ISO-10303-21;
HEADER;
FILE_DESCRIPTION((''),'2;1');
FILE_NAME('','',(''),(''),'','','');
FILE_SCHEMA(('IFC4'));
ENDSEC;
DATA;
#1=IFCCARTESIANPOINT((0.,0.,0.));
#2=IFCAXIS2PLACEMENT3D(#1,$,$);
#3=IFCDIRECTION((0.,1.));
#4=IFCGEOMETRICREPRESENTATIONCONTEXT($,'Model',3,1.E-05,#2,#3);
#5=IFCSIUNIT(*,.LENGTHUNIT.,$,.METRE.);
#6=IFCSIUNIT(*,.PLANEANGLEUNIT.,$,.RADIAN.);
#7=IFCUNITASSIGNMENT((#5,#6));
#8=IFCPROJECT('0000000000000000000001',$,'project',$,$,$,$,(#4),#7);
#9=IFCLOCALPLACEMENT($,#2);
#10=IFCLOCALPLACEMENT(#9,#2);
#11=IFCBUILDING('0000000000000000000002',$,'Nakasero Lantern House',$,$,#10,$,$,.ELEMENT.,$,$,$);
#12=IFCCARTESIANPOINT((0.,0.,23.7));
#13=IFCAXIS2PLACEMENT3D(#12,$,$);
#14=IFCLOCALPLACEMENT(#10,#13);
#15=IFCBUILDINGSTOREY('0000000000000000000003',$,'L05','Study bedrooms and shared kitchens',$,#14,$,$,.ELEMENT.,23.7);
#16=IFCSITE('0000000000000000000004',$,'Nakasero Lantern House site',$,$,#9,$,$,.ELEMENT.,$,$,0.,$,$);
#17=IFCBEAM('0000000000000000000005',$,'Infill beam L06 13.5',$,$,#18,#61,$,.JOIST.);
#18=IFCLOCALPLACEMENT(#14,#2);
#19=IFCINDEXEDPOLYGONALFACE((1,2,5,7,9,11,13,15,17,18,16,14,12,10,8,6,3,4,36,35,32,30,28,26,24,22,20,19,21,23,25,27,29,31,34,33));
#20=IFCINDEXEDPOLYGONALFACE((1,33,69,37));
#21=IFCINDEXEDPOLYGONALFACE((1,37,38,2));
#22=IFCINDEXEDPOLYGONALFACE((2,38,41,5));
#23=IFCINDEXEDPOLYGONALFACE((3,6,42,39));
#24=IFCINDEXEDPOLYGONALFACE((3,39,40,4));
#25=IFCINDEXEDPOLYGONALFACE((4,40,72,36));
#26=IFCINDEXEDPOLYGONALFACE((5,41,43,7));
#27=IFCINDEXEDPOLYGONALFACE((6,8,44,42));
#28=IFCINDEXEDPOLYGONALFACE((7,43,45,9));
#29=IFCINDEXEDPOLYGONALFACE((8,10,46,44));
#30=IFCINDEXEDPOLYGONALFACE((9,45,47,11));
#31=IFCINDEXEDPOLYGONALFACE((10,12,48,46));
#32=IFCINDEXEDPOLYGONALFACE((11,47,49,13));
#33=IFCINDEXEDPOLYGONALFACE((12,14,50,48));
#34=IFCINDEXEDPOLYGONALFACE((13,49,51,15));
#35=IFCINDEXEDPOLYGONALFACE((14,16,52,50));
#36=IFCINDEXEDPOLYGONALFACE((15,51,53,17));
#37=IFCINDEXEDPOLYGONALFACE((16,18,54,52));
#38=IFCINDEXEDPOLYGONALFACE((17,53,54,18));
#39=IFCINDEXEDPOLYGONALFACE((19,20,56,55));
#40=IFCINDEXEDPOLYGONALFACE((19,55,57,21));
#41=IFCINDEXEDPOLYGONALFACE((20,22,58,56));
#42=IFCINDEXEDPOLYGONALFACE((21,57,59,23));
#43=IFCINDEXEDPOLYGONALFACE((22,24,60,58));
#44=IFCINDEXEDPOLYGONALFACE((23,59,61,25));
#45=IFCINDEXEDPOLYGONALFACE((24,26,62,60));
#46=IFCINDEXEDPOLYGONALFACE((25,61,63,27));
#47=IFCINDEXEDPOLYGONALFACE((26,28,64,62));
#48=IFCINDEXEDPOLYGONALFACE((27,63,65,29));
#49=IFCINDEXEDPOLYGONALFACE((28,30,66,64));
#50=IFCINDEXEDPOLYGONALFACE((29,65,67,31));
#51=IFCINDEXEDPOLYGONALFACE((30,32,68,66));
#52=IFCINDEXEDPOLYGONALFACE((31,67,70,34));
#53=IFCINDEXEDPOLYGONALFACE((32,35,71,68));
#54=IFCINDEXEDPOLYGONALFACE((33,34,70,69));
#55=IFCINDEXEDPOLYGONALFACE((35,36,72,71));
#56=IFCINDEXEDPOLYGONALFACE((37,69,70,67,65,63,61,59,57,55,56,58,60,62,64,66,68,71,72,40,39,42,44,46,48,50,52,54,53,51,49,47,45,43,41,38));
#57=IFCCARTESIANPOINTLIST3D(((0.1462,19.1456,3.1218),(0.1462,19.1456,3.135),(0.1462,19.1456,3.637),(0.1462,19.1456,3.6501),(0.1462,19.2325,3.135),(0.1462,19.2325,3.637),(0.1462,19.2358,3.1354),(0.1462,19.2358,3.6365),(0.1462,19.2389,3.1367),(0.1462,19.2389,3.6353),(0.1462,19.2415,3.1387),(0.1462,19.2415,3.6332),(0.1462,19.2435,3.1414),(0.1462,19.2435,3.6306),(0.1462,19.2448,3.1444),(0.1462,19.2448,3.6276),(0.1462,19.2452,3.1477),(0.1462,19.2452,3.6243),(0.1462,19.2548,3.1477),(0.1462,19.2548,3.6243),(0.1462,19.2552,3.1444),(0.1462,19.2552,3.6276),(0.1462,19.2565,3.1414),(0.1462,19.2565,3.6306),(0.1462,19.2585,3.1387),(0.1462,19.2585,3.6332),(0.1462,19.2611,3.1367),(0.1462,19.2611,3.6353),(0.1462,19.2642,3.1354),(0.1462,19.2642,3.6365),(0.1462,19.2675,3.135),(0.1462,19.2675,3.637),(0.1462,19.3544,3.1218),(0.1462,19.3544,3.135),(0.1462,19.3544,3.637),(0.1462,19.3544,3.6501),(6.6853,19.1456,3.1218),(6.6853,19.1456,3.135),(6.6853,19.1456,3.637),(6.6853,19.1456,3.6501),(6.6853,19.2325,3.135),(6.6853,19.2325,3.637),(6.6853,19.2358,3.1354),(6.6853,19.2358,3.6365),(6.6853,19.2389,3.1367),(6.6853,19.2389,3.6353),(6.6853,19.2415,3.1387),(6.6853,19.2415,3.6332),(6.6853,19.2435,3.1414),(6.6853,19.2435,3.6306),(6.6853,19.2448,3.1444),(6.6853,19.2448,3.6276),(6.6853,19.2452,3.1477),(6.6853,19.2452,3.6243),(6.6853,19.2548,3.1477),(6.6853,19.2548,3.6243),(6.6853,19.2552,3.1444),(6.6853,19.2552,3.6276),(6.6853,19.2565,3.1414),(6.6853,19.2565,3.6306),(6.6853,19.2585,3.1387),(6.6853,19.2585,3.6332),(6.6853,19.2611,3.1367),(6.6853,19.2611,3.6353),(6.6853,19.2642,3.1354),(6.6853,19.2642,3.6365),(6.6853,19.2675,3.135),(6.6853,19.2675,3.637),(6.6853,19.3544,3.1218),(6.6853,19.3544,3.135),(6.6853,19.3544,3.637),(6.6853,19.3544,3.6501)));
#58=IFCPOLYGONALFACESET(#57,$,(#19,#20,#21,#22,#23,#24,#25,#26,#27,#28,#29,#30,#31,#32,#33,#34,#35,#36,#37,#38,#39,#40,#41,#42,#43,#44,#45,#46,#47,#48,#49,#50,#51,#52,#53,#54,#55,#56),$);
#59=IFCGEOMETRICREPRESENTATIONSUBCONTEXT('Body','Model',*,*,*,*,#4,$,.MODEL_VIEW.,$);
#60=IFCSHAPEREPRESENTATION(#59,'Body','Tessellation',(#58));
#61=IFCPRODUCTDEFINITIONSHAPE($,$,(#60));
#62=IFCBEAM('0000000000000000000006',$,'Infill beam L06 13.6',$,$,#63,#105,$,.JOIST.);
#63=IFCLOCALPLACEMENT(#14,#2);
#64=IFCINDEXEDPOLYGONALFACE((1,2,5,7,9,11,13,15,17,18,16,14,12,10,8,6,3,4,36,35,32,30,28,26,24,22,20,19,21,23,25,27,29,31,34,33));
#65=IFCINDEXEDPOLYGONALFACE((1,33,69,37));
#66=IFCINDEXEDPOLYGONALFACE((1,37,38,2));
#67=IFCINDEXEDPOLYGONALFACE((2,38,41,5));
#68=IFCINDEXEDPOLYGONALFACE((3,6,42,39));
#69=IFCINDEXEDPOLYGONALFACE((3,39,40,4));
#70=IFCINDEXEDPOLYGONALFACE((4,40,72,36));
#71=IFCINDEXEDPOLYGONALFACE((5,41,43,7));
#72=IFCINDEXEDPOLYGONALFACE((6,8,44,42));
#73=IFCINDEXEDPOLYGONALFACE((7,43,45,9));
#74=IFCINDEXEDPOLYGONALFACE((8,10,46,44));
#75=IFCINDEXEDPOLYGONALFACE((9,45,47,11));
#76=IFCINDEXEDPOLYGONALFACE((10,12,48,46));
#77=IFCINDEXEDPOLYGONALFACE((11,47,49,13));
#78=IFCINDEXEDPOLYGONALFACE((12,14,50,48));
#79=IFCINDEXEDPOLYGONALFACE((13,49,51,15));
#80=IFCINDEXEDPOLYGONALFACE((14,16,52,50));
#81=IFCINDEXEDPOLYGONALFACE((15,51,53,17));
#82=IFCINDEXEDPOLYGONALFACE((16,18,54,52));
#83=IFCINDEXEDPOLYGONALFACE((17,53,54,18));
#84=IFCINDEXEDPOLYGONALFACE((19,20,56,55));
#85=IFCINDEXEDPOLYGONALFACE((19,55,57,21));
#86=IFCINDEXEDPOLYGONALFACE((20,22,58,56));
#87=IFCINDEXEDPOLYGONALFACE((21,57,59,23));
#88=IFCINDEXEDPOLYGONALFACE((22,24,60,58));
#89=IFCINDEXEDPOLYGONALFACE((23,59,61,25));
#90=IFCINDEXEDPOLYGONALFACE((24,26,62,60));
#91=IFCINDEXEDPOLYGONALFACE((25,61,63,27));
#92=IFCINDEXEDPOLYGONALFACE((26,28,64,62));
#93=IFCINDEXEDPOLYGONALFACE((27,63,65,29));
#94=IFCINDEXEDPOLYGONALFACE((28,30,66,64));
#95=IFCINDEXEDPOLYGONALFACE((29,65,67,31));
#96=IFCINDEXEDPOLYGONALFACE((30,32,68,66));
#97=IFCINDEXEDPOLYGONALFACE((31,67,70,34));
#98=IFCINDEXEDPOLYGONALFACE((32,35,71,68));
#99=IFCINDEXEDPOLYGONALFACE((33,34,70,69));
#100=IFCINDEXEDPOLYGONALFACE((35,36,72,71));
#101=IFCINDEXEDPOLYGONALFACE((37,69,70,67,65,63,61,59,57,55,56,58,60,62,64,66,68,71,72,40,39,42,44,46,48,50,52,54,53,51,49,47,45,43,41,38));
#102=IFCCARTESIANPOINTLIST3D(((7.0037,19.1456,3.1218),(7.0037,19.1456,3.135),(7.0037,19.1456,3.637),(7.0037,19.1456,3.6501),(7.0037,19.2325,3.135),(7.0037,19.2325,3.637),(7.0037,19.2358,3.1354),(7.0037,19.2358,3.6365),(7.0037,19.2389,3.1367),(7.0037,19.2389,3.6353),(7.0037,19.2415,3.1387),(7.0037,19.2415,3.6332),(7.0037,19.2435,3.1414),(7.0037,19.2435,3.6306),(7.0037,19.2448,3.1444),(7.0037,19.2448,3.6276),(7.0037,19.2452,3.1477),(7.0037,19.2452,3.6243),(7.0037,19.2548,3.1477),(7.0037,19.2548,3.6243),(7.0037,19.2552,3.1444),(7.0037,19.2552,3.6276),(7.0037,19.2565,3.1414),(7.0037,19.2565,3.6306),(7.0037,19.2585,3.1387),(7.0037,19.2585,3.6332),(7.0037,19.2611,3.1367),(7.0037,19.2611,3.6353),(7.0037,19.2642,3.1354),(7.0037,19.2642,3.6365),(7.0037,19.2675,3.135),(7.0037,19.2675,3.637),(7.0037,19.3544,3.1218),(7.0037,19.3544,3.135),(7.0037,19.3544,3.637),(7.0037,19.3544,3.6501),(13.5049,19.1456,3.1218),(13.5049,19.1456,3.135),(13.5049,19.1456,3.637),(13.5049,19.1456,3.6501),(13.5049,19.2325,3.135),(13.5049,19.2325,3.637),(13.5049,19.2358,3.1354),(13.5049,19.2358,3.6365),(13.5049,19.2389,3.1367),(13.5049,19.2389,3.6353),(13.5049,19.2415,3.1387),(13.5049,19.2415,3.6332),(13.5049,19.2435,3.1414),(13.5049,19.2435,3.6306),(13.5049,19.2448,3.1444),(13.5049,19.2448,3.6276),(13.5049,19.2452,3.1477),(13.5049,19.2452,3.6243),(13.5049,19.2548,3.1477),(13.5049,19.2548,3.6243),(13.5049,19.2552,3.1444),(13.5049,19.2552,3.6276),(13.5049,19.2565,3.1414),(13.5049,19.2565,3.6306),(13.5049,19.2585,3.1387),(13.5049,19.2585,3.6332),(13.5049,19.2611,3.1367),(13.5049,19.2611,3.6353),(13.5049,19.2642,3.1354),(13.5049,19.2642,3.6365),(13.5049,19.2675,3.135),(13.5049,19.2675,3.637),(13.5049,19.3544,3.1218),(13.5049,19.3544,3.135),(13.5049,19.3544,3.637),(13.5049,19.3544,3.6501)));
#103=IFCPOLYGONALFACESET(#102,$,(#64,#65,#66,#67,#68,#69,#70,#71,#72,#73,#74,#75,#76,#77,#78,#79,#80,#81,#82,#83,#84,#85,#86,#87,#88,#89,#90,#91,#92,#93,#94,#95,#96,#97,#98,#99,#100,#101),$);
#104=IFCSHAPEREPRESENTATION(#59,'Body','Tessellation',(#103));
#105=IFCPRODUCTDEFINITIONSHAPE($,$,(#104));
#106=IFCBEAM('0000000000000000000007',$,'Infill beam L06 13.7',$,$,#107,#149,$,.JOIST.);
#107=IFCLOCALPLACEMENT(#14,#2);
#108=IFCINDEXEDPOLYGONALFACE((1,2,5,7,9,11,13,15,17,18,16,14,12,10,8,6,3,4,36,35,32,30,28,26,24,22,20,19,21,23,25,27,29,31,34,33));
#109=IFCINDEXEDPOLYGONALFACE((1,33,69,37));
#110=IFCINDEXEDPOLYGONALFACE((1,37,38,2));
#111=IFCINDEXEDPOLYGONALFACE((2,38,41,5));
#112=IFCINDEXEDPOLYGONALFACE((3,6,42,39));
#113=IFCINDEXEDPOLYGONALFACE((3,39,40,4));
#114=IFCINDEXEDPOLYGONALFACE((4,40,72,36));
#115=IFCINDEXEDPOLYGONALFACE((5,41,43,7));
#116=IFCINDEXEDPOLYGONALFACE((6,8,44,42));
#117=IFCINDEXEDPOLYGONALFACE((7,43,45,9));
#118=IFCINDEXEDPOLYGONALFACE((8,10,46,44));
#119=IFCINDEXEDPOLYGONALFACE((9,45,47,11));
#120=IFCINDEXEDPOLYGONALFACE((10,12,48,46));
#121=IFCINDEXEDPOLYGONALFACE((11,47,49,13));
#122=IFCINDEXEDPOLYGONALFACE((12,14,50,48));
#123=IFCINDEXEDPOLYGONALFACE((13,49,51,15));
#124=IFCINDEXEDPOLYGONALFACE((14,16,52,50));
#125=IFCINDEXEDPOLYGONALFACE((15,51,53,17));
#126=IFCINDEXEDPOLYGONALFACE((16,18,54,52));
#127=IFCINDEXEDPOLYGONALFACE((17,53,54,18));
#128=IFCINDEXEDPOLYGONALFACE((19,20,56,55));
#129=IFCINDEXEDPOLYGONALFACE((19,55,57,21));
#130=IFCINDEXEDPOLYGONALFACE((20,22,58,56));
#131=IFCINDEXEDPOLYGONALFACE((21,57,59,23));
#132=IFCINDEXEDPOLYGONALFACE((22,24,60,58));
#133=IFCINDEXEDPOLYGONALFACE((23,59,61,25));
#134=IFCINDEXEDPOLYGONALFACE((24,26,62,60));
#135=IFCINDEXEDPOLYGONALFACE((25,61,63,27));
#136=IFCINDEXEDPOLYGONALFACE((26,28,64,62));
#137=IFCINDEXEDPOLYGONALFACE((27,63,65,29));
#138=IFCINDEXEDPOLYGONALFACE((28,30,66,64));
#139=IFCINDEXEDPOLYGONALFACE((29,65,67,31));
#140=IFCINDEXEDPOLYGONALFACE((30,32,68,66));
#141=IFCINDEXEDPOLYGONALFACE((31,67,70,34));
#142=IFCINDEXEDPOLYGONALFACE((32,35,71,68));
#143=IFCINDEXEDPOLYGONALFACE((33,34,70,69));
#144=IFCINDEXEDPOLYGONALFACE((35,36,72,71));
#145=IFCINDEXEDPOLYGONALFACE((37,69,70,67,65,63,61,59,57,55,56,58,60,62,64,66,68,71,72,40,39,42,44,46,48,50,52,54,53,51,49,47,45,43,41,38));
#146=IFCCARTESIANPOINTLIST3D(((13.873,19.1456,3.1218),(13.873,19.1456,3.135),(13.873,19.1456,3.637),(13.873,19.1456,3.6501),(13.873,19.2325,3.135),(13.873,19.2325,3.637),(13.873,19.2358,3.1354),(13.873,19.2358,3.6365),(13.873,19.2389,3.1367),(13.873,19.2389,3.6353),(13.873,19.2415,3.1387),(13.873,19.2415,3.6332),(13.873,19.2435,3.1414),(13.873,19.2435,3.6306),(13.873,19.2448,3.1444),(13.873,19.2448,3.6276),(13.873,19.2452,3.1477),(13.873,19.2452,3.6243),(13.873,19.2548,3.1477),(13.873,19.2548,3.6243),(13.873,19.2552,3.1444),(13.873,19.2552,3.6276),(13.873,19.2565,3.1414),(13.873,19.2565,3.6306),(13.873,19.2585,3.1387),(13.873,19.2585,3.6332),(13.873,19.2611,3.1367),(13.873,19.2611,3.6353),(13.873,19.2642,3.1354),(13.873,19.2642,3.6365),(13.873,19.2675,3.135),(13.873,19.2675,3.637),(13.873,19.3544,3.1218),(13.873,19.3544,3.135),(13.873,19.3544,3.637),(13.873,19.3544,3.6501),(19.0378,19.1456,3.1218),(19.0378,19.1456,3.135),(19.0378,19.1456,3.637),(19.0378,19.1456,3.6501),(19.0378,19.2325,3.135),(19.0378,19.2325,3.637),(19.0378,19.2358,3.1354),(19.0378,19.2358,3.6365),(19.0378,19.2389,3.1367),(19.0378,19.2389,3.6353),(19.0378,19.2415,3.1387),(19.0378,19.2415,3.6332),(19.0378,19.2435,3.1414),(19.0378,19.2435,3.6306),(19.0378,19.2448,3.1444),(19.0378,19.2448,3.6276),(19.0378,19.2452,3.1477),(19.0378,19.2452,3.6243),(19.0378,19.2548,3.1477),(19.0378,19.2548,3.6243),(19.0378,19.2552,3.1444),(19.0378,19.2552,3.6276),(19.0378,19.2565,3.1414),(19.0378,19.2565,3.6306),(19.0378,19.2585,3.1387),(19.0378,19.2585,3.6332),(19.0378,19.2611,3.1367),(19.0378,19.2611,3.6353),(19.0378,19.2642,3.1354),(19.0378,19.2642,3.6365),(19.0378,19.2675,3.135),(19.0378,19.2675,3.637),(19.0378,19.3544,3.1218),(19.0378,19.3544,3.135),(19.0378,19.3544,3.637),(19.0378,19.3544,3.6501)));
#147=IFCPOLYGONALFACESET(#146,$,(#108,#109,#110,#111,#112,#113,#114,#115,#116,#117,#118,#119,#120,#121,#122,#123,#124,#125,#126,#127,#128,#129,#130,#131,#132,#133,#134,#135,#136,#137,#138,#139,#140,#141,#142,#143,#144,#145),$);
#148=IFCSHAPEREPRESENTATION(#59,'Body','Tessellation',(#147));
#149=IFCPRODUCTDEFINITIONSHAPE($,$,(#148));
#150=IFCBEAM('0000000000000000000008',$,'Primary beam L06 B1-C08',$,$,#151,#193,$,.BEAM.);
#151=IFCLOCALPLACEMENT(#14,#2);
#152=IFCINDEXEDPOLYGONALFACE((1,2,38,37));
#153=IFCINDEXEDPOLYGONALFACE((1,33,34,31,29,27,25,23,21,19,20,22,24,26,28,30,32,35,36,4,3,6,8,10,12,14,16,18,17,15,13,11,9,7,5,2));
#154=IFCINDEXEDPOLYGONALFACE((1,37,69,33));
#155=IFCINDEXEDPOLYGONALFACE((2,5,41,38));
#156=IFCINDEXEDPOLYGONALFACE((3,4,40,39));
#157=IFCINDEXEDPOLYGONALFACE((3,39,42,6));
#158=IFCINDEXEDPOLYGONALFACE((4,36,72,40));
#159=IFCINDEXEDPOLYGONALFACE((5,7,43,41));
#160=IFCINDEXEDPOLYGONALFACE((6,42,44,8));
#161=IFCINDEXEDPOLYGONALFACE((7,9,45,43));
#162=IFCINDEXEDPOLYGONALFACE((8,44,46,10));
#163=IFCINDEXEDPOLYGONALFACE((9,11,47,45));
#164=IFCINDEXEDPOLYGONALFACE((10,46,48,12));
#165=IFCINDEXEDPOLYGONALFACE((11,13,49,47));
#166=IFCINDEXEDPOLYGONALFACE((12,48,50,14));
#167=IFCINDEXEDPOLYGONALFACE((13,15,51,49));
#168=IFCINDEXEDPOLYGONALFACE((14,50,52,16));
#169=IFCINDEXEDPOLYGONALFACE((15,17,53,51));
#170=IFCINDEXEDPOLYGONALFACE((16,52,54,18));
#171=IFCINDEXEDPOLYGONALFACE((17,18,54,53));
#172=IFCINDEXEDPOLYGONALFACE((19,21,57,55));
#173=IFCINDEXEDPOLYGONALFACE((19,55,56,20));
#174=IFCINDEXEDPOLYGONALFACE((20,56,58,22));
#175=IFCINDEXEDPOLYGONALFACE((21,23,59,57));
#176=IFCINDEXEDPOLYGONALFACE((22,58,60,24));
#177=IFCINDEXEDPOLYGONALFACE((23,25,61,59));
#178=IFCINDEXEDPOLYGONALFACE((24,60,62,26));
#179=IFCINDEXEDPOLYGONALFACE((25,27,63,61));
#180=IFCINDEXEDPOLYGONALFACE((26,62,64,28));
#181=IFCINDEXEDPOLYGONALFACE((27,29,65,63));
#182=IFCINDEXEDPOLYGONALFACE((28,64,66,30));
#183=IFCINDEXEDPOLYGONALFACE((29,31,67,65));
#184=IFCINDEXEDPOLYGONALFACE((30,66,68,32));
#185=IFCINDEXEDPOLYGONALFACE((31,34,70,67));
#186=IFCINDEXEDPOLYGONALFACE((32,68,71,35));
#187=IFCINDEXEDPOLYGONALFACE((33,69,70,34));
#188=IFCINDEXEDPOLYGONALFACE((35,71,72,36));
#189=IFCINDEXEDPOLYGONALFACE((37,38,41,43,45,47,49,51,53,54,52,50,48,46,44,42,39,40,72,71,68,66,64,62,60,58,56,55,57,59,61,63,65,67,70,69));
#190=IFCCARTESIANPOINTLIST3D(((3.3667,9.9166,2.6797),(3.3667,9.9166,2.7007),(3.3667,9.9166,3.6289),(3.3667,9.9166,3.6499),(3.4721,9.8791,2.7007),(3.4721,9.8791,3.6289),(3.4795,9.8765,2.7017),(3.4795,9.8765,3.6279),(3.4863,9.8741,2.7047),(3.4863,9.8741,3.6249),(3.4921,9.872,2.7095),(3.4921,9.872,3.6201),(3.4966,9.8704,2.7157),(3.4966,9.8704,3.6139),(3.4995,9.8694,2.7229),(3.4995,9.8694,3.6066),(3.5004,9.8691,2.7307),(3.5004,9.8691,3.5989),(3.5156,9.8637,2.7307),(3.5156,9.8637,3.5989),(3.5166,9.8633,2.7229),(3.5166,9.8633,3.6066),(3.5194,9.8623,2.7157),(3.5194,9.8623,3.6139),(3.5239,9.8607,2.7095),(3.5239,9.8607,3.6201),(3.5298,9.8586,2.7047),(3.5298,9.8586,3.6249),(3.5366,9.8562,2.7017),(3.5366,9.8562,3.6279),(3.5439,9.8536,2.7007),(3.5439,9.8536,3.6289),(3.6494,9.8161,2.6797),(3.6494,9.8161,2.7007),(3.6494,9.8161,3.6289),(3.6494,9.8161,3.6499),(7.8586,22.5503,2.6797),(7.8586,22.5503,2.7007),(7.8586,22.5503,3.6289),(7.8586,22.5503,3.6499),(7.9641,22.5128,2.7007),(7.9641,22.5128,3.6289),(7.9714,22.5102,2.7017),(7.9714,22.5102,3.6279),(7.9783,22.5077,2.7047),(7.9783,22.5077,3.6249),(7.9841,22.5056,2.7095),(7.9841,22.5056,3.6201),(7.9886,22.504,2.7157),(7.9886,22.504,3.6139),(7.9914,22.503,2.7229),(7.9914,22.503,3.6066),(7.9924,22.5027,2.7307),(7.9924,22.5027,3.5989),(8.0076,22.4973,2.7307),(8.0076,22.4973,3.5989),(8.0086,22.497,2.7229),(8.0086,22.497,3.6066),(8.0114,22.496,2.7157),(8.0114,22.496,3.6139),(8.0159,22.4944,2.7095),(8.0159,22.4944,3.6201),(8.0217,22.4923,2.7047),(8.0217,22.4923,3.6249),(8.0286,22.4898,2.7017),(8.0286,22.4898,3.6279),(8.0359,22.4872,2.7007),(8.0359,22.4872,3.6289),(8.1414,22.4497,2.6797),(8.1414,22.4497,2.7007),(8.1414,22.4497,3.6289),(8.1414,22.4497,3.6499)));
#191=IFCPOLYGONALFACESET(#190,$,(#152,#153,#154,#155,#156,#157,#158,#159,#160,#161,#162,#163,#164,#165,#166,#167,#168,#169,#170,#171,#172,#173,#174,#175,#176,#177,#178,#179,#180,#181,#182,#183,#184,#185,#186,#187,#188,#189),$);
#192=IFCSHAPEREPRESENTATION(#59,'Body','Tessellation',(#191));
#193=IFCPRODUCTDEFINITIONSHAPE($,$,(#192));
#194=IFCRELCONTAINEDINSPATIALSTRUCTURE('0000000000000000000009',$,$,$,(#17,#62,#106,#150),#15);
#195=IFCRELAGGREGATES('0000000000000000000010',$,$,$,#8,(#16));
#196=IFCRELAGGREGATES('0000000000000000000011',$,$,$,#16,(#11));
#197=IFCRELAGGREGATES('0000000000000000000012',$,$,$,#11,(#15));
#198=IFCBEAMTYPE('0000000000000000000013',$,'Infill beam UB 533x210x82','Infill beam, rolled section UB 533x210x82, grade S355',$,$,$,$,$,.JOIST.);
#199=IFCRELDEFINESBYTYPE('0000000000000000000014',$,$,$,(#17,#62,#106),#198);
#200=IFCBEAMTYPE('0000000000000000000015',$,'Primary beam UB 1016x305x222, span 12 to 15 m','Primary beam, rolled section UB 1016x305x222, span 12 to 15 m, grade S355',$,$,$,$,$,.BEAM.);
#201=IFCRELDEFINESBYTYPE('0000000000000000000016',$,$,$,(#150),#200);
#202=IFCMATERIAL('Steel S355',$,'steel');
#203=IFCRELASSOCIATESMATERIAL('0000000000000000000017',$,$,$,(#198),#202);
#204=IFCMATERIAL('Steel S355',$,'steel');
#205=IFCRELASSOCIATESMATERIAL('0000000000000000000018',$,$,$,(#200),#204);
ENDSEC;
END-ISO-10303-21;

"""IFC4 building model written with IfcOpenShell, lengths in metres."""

from ifc_helpers import new_model, si_unit, direction, frame, origin, origin_2d, place, context, subcontext, project, spatial, i_section, extrude, material, material_profile, profile_set, type_object, element, save


model = new_model("IFC4")

# Units and contexts
model_context = context("Model", 3, precision=1e-05, world=origin(), true_north=direction((0.0, 1.0)))
body_context = subcontext(model_context, "Body", "Model", "MODEL_VIEW")
ifc_project = project(units=[si_unit("LENGTHUNIT", "METRE"), si_unit("PLANEANGLEUNIT", "RADIAN")], contexts=[model_context])

# Site, building, storey
site_placement = place(None, origin())
site = spatial("IfcSite", under=ifc_project, at=site_placement, Name="Nakasero Lantern House site", CompositionType="ELEMENT", RefElevation=0.0)
building_placement = place(site_placement, origin())
building = spatial("IfcBuilding", under=site, at=building_placement, Name="Nakasero Lantern House", CompositionType="ELEMENT")
storey_placement = place(building_placement, frame((0.0, 0.0, 23.7)))
storey = spatial("IfcBuildingStorey", under=building, at=storey_placement, Name="L05", Description="Study bedrooms and shared kitchens", CompositionType="ELEMENT", Elevation=23.7)

# Beams
ifc_material_1 = material(Name="Steel S355", Category="steel")
ifc_material_profile_1 = material_profile(ifc_material_1, i_section(OverallWidth=0.2087, OverallDepth=0.5283, WebThickness=0.0095, FlangeThickness=0.0132, FilletRadius=0.0127, at=origin_2d()), Name="UB 533x210x82")
ifc_profile_set_1 = profile_set([ifc_material_profile_1], Name="Steel S355")
beam_type_1 = type_object("IfcBeamType", Name="Infill beam UB 533x210x82", Description="Infill beam, rolled section UB 533x210x82, grade S355", PredefinedType="JOIST", material=ifc_profile_set_1)
beam_1_placement = place(storey_placement, frame((0.1462, 19.25, 3.386), z_axis=(1.0, 0.0, 0.0), x_axis=(0.0, 1.0, 0.0)))
element("IfcBeam", 1, at=beam_1_placement, inside=storey, type_object=beam_type_1, Name="Infill beam L06 13.5", PredefinedType="JOIST", context=body_context, shape_type="SweptSolid", body=[
    extrude(i_section(OverallWidth=0.2087, OverallDepth=0.5283, WebThickness=0.0095, FlangeThickness=0.0132, FilletRadius=0.0127, at=origin_2d()), origin(), (0.0, 0.0, 1.0), 6.5391),
])
beam_2_placement = place(storey_placement, frame((7.0037, 19.25, 3.386), z_axis=(1.0, 0.0, 0.0), x_axis=(0.0, 1.0, 0.0)))
element("IfcBeam", 2, at=beam_2_placement, inside=storey, type_object=beam_type_1, Name="Infill beam L06 13.6", PredefinedType="JOIST", context=body_context, shape_type="SweptSolid", body=[
    extrude(i_section(OverallWidth=0.2087, OverallDepth=0.5283, WebThickness=0.0095, FlangeThickness=0.0132, FilletRadius=0.0127, at=origin_2d()), origin(), (0.0, 0.0, 1.0), 6.5012),
])
beam_3_placement = place(storey_placement, frame((13.873, 19.25, 3.386), z_axis=(1.0, 0.0, 0.0), x_axis=(0.0, 1.0, 0.0)))
element("IfcBeam", 3, at=beam_3_placement, inside=storey, type_object=beam_type_1, Name="Infill beam L06 13.7", PredefinedType="JOIST", context=body_context, shape_type="SweptSolid", body=[
    extrude(i_section(OverallWidth=0.2087, OverallDepth=0.5283, WebThickness=0.0095, FlangeThickness=0.0132, FilletRadius=0.0127, at=origin_2d()), origin(), (0.0, 0.0, 1.0), 5.1648),
])
ifc_material_2 = material(Name="Steel S355", Category="steel")
ifc_material_profile_2 = material_profile(ifc_material_2, i_section(OverallWidth=0.3, OverallDepth=0.9702, WebThickness=0.0161, FlangeThickness=0.021, FilletRadius=0.03, at=origin_2d()), Name="UB 1016x305x222")
ifc_profile_set_2 = profile_set([ifc_material_profile_2], Name="Steel S355")
beam_type_2 = type_object("IfcBeamType", Name="Primary beam UB 1016x305x222, span 12 to 15 m", Description="Primary beam, rolled section UB 1016x305x222, span 12 to 15 m, grade S355", PredefinedType="BEAM", material=ifc_profile_set_2)
beam_4_placement = place(storey_placement, frame((8.0, 22.5, 3.1648), z_axis=(-0.335011, -0.942214, 0.0), x_axis=(0.942214, -0.335011, 0.0)))
element("IfcBeam", 4, at=beam_4_placement, inside=storey, type_object=beam_type_2, Name="Primary beam L06 B1-C08", PredefinedType="BEAM", context=body_context, shape_type="SweptSolid", body=[
    extrude(i_section(OverallWidth=0.3, OverallDepth=0.9702, WebThickness=0.0161, FlangeThickness=0.021, FilletRadius=0.03, at=origin_2d()), origin(), (0.0, 0.0, 1.0), 13.4084),
])

save(model, "model.ifc")
